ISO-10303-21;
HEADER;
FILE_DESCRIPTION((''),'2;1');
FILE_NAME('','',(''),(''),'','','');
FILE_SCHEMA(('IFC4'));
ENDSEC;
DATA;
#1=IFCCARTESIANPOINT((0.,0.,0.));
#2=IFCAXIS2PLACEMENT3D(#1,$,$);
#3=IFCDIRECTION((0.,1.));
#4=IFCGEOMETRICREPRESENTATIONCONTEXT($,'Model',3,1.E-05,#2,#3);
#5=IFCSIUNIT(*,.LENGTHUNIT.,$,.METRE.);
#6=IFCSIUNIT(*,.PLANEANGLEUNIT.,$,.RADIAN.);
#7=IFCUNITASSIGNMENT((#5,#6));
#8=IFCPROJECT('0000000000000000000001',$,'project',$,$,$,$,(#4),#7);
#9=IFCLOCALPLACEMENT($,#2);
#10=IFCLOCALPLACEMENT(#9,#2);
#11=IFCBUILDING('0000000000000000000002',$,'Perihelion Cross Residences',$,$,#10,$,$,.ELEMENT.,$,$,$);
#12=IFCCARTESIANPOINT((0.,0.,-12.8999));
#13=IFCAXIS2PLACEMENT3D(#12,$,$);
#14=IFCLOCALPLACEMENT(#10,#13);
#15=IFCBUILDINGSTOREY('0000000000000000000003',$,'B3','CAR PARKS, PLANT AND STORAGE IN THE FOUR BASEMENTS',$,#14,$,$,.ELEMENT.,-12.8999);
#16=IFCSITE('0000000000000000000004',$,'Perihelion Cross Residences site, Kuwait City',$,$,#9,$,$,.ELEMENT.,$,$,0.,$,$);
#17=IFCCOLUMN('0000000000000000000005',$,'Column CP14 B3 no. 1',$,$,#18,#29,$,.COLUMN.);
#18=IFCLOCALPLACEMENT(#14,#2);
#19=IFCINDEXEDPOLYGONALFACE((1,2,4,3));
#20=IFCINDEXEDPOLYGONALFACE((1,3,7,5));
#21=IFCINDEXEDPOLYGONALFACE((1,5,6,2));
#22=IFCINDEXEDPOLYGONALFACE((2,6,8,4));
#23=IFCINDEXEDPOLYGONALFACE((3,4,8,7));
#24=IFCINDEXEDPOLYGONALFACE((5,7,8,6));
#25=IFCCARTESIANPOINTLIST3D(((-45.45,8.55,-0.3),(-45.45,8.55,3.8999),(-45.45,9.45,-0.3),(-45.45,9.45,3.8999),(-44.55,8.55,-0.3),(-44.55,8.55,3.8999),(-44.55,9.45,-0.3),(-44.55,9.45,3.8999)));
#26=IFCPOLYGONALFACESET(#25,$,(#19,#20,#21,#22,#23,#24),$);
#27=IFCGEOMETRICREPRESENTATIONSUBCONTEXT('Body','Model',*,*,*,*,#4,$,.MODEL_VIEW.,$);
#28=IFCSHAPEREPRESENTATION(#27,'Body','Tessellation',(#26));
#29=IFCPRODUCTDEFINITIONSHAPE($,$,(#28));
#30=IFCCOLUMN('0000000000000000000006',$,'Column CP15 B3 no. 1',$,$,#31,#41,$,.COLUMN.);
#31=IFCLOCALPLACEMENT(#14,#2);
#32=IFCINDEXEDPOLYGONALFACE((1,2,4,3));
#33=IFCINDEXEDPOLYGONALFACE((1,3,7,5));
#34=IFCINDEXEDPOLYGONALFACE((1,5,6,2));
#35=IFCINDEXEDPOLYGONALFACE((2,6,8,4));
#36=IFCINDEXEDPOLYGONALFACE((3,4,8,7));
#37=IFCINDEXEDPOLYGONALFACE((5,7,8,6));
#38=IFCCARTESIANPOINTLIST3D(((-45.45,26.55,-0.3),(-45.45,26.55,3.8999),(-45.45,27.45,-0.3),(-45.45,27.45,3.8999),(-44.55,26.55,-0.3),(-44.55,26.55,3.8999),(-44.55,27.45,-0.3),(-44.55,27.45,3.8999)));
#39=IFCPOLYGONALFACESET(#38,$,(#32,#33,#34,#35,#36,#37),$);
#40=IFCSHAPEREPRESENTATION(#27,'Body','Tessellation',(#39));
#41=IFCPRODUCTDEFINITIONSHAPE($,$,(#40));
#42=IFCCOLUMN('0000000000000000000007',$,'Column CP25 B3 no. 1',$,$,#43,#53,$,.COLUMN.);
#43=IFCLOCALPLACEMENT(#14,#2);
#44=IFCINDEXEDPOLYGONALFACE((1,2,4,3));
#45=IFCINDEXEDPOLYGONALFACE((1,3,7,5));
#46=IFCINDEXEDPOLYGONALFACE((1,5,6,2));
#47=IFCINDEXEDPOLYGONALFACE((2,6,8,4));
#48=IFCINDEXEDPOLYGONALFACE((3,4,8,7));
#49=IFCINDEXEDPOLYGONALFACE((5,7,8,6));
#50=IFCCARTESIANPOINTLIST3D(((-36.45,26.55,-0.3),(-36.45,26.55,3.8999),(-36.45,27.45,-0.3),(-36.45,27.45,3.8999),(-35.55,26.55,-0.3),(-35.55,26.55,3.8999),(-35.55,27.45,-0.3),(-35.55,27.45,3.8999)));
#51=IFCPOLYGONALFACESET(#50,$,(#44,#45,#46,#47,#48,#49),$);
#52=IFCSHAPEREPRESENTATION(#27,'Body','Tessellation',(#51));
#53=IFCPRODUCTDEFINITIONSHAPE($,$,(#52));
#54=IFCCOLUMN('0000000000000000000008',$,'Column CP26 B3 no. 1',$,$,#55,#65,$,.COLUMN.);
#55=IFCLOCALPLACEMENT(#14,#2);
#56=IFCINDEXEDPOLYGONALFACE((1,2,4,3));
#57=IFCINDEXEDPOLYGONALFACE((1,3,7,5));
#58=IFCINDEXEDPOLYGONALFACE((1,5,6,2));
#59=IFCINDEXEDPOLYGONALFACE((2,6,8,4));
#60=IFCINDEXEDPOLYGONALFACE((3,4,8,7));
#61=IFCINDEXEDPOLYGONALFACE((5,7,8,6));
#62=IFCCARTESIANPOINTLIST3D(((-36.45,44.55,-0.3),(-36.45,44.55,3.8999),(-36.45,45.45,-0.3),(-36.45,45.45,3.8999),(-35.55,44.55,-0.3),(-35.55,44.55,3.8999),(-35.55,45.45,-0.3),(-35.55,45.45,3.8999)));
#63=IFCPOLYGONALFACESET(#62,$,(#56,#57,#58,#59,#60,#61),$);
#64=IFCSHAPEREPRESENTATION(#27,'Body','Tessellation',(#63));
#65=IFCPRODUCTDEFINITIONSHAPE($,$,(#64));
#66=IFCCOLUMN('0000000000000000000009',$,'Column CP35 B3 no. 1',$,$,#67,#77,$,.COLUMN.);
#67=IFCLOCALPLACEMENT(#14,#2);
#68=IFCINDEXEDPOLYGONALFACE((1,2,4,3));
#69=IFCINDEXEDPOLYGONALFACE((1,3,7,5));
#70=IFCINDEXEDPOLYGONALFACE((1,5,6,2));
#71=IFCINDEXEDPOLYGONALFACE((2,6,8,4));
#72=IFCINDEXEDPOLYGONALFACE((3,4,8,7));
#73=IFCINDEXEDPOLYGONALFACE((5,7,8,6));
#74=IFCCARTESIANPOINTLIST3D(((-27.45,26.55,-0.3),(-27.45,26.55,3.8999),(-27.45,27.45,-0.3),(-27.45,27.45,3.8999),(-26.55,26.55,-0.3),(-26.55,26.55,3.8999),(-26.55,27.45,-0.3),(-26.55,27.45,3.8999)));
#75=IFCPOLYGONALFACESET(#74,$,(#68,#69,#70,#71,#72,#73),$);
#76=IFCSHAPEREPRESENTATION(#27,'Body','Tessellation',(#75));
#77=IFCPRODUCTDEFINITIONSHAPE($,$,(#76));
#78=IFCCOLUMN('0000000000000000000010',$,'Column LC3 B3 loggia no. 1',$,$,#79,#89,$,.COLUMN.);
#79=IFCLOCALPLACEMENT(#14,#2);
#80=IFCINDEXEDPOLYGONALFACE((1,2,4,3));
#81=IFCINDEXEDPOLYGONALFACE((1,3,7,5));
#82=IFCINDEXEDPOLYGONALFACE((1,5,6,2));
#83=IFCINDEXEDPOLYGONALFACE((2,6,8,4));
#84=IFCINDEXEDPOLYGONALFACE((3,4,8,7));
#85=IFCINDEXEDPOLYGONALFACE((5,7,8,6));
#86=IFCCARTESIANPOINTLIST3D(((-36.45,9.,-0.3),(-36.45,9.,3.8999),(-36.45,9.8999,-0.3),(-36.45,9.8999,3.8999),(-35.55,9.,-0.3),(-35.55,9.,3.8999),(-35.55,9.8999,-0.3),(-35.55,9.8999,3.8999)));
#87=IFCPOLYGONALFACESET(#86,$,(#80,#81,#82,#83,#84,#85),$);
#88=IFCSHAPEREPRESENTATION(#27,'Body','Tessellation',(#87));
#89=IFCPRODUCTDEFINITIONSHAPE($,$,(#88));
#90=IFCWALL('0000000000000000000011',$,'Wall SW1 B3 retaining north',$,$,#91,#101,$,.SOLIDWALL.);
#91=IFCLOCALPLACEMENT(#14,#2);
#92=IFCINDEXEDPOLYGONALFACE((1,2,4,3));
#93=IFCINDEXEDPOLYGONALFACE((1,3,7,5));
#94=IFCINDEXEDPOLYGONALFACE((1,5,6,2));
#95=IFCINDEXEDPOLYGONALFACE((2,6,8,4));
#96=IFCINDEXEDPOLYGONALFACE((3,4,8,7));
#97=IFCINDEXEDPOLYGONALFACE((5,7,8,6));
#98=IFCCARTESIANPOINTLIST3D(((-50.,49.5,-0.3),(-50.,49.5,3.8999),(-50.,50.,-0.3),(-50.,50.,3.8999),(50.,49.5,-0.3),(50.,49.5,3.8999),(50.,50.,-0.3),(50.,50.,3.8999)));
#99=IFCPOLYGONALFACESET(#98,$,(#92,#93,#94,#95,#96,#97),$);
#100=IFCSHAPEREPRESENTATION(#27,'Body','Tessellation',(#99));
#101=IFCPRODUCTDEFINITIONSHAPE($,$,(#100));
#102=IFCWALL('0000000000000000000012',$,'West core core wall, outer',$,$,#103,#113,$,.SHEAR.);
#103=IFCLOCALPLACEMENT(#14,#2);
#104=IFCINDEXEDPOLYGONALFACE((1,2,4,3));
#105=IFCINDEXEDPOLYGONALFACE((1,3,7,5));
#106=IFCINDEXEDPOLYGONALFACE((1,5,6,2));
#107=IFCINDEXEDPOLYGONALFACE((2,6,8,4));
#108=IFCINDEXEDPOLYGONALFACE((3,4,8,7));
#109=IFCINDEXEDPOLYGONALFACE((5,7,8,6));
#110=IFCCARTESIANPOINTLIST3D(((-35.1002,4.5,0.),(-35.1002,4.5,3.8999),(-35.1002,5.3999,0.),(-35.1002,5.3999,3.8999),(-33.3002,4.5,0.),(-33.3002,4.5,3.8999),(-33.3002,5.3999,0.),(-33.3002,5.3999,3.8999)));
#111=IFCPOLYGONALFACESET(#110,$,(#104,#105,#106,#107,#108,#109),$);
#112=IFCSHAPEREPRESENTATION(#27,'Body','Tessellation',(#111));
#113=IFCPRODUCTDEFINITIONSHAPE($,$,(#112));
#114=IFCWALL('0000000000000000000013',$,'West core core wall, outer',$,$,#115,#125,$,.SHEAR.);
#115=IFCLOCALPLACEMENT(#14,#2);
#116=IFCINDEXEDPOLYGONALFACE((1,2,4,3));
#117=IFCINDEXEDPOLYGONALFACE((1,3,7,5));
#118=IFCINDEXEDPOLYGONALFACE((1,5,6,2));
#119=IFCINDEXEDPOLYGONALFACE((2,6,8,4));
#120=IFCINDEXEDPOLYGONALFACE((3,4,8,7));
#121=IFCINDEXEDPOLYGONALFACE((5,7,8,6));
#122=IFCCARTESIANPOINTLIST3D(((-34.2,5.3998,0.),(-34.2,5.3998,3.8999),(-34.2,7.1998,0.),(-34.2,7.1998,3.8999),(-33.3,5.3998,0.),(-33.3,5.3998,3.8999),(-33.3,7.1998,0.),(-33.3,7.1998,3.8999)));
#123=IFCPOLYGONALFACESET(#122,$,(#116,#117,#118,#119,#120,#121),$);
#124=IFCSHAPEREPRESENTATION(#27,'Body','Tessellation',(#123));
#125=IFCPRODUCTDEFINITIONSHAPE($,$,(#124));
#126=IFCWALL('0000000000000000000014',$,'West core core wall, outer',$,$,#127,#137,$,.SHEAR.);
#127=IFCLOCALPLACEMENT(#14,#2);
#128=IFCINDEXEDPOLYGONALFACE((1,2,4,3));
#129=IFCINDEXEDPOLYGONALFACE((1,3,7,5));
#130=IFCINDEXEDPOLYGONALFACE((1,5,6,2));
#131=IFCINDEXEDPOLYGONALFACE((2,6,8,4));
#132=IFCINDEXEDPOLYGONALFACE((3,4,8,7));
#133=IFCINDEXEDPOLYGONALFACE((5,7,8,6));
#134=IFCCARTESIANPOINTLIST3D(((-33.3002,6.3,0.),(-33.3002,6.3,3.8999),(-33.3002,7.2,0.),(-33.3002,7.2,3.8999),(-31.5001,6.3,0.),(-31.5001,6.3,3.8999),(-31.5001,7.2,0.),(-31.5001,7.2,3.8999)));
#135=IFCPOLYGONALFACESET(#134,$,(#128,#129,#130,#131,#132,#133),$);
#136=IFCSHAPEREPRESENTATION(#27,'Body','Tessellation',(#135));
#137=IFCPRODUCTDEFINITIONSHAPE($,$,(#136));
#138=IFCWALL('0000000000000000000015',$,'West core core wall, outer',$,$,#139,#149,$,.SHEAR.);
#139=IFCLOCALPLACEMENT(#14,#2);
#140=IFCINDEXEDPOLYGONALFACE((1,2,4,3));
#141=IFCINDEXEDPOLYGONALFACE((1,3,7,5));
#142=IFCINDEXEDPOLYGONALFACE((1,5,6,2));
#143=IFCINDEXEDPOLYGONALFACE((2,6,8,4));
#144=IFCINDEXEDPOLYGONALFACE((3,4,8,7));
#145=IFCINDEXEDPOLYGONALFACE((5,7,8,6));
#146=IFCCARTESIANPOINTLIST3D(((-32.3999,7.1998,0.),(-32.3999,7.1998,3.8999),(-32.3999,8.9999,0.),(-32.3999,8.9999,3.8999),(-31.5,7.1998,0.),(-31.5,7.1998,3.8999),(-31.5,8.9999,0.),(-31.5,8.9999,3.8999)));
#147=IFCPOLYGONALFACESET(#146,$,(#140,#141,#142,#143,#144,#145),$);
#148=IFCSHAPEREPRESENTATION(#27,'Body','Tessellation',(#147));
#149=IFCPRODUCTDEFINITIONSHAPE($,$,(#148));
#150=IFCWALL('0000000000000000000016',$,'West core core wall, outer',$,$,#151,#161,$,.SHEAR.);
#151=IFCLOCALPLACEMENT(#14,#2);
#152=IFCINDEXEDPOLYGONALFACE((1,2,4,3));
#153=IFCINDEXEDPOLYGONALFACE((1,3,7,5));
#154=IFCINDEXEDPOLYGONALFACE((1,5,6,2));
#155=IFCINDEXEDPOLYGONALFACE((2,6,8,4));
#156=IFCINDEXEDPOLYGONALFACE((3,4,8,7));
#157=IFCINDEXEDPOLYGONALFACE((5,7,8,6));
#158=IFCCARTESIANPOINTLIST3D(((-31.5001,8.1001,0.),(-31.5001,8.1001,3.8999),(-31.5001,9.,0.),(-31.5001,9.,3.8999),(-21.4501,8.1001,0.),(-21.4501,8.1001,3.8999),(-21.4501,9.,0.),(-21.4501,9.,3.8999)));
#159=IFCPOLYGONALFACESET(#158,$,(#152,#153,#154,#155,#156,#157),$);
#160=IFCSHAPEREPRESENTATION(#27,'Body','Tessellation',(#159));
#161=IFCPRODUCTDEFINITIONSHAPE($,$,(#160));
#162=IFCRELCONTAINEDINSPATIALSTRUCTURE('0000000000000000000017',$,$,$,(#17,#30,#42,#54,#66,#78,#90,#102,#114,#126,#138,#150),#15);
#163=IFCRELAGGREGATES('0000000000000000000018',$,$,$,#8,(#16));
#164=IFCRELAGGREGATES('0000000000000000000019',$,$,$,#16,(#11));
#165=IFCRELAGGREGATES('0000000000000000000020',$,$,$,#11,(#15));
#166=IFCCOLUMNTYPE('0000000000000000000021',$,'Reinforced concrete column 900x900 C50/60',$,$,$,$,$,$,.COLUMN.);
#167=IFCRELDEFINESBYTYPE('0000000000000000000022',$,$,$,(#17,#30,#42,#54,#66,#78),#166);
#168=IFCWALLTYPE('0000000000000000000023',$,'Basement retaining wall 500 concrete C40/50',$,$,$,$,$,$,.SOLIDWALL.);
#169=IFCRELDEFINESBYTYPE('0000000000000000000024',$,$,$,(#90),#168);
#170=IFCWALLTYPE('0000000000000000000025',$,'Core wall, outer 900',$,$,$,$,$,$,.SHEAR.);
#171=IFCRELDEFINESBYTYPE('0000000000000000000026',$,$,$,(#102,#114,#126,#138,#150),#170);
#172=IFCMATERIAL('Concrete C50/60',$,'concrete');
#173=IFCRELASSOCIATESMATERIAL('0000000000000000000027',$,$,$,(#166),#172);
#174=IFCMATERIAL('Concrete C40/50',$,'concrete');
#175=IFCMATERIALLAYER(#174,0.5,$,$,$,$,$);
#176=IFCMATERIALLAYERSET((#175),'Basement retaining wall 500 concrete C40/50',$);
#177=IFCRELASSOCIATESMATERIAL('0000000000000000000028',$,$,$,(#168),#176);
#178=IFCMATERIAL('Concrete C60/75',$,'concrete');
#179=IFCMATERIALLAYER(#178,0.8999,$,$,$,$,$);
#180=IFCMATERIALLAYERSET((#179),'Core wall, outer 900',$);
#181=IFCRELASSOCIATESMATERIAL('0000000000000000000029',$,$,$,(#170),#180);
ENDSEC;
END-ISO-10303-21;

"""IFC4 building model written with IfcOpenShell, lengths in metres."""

from ifc_helpers import new_model, si_unit, direction, frame, frame_2d, origin, origin_2d, place, context, subcontext, project, spatial, rectangle, extrude, material, layer, layer_set, material_profile, profile_set, type_object, element, save


model = new_model("IFC4")

# Units and contexts
model_context = context("Model", 3, precision=1e-05, world=origin(), true_north=direction((0.0, 1.0)))
body_context = subcontext(model_context, "Body", "Model", "MODEL_VIEW")
ifc_project = project(units=[si_unit("LENGTHUNIT", "METRE"), si_unit("PLANEANGLEUNIT", "RADIAN")], contexts=[model_context])

# Site, building, storey
site_placement = place(None, origin())
site = spatial("IfcSite", under=ifc_project, at=site_placement, Name="Perihelion Cross Residences site, Kuwait City", CompositionType="ELEMENT", RefElevation=0.0)
building_placement = place(site_placement, origin())
building = spatial("IfcBuilding", under=site, at=building_placement, Name="Perihelion Cross Residences", CompositionType="ELEMENT")
storey_placement = place(building_placement, frame((0.0, 0.0, -12.8999)))
storey = spatial("IfcBuildingStorey", under=building, at=storey_placement, Name="B3", Description="CAR PARKS, PLANT AND STORAGE IN THE FOUR BASEMENTS", CompositionType="ELEMENT", Elevation=-12.8999)

# Columns
ifc_material_1 = material(Name="Concrete C50/60", Category="concrete")
ifc_material_profile = material_profile(ifc_material_1, rectangle(XDim=0.8999, YDim=0.8999, at=origin_2d()), Name="RC 900x900")
ifc_profile_set = profile_set([ifc_material_profile], Name="Concrete C50/60")
column_type = type_object("IfcColumnType", Name="Reinforced concrete column 900x900 C50/60", PredefinedType="COLUMN", material=ifc_profile_set)
for number, where, z_axis, x_axis, name in (
    (1, (-45.0, 9.0, -0.3), (0.0, 0.0, 1.0), (1.0, 0.0, 0.0), "Column CP14 B3 no. 1"),
    (2, (-45.0, 27.0, -0.3), (0.0, 0.0, 1.0), (1.0, 0.0, 0.0), "Column CP15 B3 no. 1"),
    (3, (-36.0, 27.0, -0.3), (0.0, 0.0, 1.0), (1.0, 0.0, 0.0), "Column CP25 B3 no. 1"),
    (4, (-36.0, 45.0, -0.3), (0.0, 0.0, 1.0), (1.0, 0.0, 0.0), "Column CP26 B3 no. 1"),
    (5, (-27.0, 27.0, -0.3), (0.0, 0.0, 1.0), (1.0, 0.0, 0.0), "Column CP35 B3 no. 1"),
    (6, (-36.0, 9.45, -0.3), (0.0, 0.0, 1.0), (1.0, 0.0, 0.0), "Column LC3 B3 loggia no. 1"),
):
    element("IfcColumn", number, at=place(storey_placement, frame(where, z_axis=z_axis, x_axis=x_axis)), inside=storey, type_object=column_type, Name=name, PredefinedType="COLUMN", context=body_context, shape_type="SweptSolid", body=[
        extrude(rectangle(XDim=0.8999, YDim=0.8999, at=origin_2d()), origin(), (0.0, 0.0, 1.0), 4.2),
    ])

# Walls
ifc_material_2 = material(Name="Concrete C40/50", Category="concrete")
ifc_layer_1 = layer(ifc_material_2, 0.5)
ifc_layer_set_1 = layer_set([ifc_layer_1], Name="Basement retaining wall 500 concrete C40/50")
wall_type_1 = type_object("IfcWallType", Name="Basement retaining wall 500 concrete C40/50", PredefinedType="SOLIDWALL", material=ifc_layer_set_1)
wall_1_placement = place(storey_placement, frame((-50.0, 49.75, -0.3), z_axis=(0.0, 0.0, 1.0), x_axis=(1.0, 0.0, 0.0)))
element("IfcWall", 7, at=wall_1_placement, inside=storey, type_object=wall_type_1, Name="Wall SW1 B3 retaining north", PredefinedType="SOLIDWALL", context=body_context, shape_type="SweptSolid", body=[
    extrude(rectangle(XDim=100.0, YDim=0.5, at=frame_2d((50.0, 0.0))), origin(), (0.0, 0.0, 1.0), 4.2),
])
ifc_material_3 = material(Name="Concrete C60/75", Category="concrete")
ifc_layer_2 = layer(ifc_material_3, 0.8999)
ifc_layer_set_2 = layer_set([ifc_layer_2], Name="Core wall, outer 900")
wall_type_2 = type_object("IfcWallType", Name="Core wall, outer 900", PredefinedType="SHEAR", material=ifc_layer_set_2)
for number, where, z_axis, x_axis, name in (
    (8, (-35.1001, 4.95, 0.0), (0.0, 0.0, 1.0), (1.0, 0.0, 0.0), "West core core wall, outer"),
    (9, (-33.75, 5.3999, 0.0), (0.0, 0.0, 1.0), (0.0, 1.0, 0.0), "West core core wall, outer"),
    (10, (-33.3, 6.75, 0.0), (0.0, 0.0, 1.0), (1.0, 0.0, 0.0), "West core core wall, outer"),
    (11, (-31.95, 7.2, 0.0), (0.0, 0.0, 1.0), (0.0, 1.0, 0.0), "West core core wall, outer"),
):
    element("IfcWall", number, at=place(storey_placement, frame(where, z_axis=z_axis, x_axis=x_axis)), inside=storey, type_object=wall_type_2, Name=name, PredefinedType="SHEAR", context=body_context, shape_type="SweptSolid", body=[
        extrude(rectangle(XDim=1.8, YDim=0.8999, at=frame_2d((0.8999, 0.0))), origin(), (0.0, 0.0, 1.0), 3.8999),
    ])
wall_2_placement = place(storey_placement, frame((-31.5, 8.55, 0.0), z_axis=(0.0, 0.0, 1.0), x_axis=(1.0, 0.0, 0.0)))
element("IfcWall", 12, at=wall_2_placement, inside=storey, type_object=wall_type_2, Name="West core core wall, outer", PredefinedType="SHEAR", context=body_context, shape_type="SweptSolid", body=[
    extrude(rectangle(XDim=10.05, YDim=0.8999, at=frame_2d((5.0249, 0.0))), origin(), (0.0, 0.0, 1.0), 3.8999),
])

save(model, "model.ifc")
